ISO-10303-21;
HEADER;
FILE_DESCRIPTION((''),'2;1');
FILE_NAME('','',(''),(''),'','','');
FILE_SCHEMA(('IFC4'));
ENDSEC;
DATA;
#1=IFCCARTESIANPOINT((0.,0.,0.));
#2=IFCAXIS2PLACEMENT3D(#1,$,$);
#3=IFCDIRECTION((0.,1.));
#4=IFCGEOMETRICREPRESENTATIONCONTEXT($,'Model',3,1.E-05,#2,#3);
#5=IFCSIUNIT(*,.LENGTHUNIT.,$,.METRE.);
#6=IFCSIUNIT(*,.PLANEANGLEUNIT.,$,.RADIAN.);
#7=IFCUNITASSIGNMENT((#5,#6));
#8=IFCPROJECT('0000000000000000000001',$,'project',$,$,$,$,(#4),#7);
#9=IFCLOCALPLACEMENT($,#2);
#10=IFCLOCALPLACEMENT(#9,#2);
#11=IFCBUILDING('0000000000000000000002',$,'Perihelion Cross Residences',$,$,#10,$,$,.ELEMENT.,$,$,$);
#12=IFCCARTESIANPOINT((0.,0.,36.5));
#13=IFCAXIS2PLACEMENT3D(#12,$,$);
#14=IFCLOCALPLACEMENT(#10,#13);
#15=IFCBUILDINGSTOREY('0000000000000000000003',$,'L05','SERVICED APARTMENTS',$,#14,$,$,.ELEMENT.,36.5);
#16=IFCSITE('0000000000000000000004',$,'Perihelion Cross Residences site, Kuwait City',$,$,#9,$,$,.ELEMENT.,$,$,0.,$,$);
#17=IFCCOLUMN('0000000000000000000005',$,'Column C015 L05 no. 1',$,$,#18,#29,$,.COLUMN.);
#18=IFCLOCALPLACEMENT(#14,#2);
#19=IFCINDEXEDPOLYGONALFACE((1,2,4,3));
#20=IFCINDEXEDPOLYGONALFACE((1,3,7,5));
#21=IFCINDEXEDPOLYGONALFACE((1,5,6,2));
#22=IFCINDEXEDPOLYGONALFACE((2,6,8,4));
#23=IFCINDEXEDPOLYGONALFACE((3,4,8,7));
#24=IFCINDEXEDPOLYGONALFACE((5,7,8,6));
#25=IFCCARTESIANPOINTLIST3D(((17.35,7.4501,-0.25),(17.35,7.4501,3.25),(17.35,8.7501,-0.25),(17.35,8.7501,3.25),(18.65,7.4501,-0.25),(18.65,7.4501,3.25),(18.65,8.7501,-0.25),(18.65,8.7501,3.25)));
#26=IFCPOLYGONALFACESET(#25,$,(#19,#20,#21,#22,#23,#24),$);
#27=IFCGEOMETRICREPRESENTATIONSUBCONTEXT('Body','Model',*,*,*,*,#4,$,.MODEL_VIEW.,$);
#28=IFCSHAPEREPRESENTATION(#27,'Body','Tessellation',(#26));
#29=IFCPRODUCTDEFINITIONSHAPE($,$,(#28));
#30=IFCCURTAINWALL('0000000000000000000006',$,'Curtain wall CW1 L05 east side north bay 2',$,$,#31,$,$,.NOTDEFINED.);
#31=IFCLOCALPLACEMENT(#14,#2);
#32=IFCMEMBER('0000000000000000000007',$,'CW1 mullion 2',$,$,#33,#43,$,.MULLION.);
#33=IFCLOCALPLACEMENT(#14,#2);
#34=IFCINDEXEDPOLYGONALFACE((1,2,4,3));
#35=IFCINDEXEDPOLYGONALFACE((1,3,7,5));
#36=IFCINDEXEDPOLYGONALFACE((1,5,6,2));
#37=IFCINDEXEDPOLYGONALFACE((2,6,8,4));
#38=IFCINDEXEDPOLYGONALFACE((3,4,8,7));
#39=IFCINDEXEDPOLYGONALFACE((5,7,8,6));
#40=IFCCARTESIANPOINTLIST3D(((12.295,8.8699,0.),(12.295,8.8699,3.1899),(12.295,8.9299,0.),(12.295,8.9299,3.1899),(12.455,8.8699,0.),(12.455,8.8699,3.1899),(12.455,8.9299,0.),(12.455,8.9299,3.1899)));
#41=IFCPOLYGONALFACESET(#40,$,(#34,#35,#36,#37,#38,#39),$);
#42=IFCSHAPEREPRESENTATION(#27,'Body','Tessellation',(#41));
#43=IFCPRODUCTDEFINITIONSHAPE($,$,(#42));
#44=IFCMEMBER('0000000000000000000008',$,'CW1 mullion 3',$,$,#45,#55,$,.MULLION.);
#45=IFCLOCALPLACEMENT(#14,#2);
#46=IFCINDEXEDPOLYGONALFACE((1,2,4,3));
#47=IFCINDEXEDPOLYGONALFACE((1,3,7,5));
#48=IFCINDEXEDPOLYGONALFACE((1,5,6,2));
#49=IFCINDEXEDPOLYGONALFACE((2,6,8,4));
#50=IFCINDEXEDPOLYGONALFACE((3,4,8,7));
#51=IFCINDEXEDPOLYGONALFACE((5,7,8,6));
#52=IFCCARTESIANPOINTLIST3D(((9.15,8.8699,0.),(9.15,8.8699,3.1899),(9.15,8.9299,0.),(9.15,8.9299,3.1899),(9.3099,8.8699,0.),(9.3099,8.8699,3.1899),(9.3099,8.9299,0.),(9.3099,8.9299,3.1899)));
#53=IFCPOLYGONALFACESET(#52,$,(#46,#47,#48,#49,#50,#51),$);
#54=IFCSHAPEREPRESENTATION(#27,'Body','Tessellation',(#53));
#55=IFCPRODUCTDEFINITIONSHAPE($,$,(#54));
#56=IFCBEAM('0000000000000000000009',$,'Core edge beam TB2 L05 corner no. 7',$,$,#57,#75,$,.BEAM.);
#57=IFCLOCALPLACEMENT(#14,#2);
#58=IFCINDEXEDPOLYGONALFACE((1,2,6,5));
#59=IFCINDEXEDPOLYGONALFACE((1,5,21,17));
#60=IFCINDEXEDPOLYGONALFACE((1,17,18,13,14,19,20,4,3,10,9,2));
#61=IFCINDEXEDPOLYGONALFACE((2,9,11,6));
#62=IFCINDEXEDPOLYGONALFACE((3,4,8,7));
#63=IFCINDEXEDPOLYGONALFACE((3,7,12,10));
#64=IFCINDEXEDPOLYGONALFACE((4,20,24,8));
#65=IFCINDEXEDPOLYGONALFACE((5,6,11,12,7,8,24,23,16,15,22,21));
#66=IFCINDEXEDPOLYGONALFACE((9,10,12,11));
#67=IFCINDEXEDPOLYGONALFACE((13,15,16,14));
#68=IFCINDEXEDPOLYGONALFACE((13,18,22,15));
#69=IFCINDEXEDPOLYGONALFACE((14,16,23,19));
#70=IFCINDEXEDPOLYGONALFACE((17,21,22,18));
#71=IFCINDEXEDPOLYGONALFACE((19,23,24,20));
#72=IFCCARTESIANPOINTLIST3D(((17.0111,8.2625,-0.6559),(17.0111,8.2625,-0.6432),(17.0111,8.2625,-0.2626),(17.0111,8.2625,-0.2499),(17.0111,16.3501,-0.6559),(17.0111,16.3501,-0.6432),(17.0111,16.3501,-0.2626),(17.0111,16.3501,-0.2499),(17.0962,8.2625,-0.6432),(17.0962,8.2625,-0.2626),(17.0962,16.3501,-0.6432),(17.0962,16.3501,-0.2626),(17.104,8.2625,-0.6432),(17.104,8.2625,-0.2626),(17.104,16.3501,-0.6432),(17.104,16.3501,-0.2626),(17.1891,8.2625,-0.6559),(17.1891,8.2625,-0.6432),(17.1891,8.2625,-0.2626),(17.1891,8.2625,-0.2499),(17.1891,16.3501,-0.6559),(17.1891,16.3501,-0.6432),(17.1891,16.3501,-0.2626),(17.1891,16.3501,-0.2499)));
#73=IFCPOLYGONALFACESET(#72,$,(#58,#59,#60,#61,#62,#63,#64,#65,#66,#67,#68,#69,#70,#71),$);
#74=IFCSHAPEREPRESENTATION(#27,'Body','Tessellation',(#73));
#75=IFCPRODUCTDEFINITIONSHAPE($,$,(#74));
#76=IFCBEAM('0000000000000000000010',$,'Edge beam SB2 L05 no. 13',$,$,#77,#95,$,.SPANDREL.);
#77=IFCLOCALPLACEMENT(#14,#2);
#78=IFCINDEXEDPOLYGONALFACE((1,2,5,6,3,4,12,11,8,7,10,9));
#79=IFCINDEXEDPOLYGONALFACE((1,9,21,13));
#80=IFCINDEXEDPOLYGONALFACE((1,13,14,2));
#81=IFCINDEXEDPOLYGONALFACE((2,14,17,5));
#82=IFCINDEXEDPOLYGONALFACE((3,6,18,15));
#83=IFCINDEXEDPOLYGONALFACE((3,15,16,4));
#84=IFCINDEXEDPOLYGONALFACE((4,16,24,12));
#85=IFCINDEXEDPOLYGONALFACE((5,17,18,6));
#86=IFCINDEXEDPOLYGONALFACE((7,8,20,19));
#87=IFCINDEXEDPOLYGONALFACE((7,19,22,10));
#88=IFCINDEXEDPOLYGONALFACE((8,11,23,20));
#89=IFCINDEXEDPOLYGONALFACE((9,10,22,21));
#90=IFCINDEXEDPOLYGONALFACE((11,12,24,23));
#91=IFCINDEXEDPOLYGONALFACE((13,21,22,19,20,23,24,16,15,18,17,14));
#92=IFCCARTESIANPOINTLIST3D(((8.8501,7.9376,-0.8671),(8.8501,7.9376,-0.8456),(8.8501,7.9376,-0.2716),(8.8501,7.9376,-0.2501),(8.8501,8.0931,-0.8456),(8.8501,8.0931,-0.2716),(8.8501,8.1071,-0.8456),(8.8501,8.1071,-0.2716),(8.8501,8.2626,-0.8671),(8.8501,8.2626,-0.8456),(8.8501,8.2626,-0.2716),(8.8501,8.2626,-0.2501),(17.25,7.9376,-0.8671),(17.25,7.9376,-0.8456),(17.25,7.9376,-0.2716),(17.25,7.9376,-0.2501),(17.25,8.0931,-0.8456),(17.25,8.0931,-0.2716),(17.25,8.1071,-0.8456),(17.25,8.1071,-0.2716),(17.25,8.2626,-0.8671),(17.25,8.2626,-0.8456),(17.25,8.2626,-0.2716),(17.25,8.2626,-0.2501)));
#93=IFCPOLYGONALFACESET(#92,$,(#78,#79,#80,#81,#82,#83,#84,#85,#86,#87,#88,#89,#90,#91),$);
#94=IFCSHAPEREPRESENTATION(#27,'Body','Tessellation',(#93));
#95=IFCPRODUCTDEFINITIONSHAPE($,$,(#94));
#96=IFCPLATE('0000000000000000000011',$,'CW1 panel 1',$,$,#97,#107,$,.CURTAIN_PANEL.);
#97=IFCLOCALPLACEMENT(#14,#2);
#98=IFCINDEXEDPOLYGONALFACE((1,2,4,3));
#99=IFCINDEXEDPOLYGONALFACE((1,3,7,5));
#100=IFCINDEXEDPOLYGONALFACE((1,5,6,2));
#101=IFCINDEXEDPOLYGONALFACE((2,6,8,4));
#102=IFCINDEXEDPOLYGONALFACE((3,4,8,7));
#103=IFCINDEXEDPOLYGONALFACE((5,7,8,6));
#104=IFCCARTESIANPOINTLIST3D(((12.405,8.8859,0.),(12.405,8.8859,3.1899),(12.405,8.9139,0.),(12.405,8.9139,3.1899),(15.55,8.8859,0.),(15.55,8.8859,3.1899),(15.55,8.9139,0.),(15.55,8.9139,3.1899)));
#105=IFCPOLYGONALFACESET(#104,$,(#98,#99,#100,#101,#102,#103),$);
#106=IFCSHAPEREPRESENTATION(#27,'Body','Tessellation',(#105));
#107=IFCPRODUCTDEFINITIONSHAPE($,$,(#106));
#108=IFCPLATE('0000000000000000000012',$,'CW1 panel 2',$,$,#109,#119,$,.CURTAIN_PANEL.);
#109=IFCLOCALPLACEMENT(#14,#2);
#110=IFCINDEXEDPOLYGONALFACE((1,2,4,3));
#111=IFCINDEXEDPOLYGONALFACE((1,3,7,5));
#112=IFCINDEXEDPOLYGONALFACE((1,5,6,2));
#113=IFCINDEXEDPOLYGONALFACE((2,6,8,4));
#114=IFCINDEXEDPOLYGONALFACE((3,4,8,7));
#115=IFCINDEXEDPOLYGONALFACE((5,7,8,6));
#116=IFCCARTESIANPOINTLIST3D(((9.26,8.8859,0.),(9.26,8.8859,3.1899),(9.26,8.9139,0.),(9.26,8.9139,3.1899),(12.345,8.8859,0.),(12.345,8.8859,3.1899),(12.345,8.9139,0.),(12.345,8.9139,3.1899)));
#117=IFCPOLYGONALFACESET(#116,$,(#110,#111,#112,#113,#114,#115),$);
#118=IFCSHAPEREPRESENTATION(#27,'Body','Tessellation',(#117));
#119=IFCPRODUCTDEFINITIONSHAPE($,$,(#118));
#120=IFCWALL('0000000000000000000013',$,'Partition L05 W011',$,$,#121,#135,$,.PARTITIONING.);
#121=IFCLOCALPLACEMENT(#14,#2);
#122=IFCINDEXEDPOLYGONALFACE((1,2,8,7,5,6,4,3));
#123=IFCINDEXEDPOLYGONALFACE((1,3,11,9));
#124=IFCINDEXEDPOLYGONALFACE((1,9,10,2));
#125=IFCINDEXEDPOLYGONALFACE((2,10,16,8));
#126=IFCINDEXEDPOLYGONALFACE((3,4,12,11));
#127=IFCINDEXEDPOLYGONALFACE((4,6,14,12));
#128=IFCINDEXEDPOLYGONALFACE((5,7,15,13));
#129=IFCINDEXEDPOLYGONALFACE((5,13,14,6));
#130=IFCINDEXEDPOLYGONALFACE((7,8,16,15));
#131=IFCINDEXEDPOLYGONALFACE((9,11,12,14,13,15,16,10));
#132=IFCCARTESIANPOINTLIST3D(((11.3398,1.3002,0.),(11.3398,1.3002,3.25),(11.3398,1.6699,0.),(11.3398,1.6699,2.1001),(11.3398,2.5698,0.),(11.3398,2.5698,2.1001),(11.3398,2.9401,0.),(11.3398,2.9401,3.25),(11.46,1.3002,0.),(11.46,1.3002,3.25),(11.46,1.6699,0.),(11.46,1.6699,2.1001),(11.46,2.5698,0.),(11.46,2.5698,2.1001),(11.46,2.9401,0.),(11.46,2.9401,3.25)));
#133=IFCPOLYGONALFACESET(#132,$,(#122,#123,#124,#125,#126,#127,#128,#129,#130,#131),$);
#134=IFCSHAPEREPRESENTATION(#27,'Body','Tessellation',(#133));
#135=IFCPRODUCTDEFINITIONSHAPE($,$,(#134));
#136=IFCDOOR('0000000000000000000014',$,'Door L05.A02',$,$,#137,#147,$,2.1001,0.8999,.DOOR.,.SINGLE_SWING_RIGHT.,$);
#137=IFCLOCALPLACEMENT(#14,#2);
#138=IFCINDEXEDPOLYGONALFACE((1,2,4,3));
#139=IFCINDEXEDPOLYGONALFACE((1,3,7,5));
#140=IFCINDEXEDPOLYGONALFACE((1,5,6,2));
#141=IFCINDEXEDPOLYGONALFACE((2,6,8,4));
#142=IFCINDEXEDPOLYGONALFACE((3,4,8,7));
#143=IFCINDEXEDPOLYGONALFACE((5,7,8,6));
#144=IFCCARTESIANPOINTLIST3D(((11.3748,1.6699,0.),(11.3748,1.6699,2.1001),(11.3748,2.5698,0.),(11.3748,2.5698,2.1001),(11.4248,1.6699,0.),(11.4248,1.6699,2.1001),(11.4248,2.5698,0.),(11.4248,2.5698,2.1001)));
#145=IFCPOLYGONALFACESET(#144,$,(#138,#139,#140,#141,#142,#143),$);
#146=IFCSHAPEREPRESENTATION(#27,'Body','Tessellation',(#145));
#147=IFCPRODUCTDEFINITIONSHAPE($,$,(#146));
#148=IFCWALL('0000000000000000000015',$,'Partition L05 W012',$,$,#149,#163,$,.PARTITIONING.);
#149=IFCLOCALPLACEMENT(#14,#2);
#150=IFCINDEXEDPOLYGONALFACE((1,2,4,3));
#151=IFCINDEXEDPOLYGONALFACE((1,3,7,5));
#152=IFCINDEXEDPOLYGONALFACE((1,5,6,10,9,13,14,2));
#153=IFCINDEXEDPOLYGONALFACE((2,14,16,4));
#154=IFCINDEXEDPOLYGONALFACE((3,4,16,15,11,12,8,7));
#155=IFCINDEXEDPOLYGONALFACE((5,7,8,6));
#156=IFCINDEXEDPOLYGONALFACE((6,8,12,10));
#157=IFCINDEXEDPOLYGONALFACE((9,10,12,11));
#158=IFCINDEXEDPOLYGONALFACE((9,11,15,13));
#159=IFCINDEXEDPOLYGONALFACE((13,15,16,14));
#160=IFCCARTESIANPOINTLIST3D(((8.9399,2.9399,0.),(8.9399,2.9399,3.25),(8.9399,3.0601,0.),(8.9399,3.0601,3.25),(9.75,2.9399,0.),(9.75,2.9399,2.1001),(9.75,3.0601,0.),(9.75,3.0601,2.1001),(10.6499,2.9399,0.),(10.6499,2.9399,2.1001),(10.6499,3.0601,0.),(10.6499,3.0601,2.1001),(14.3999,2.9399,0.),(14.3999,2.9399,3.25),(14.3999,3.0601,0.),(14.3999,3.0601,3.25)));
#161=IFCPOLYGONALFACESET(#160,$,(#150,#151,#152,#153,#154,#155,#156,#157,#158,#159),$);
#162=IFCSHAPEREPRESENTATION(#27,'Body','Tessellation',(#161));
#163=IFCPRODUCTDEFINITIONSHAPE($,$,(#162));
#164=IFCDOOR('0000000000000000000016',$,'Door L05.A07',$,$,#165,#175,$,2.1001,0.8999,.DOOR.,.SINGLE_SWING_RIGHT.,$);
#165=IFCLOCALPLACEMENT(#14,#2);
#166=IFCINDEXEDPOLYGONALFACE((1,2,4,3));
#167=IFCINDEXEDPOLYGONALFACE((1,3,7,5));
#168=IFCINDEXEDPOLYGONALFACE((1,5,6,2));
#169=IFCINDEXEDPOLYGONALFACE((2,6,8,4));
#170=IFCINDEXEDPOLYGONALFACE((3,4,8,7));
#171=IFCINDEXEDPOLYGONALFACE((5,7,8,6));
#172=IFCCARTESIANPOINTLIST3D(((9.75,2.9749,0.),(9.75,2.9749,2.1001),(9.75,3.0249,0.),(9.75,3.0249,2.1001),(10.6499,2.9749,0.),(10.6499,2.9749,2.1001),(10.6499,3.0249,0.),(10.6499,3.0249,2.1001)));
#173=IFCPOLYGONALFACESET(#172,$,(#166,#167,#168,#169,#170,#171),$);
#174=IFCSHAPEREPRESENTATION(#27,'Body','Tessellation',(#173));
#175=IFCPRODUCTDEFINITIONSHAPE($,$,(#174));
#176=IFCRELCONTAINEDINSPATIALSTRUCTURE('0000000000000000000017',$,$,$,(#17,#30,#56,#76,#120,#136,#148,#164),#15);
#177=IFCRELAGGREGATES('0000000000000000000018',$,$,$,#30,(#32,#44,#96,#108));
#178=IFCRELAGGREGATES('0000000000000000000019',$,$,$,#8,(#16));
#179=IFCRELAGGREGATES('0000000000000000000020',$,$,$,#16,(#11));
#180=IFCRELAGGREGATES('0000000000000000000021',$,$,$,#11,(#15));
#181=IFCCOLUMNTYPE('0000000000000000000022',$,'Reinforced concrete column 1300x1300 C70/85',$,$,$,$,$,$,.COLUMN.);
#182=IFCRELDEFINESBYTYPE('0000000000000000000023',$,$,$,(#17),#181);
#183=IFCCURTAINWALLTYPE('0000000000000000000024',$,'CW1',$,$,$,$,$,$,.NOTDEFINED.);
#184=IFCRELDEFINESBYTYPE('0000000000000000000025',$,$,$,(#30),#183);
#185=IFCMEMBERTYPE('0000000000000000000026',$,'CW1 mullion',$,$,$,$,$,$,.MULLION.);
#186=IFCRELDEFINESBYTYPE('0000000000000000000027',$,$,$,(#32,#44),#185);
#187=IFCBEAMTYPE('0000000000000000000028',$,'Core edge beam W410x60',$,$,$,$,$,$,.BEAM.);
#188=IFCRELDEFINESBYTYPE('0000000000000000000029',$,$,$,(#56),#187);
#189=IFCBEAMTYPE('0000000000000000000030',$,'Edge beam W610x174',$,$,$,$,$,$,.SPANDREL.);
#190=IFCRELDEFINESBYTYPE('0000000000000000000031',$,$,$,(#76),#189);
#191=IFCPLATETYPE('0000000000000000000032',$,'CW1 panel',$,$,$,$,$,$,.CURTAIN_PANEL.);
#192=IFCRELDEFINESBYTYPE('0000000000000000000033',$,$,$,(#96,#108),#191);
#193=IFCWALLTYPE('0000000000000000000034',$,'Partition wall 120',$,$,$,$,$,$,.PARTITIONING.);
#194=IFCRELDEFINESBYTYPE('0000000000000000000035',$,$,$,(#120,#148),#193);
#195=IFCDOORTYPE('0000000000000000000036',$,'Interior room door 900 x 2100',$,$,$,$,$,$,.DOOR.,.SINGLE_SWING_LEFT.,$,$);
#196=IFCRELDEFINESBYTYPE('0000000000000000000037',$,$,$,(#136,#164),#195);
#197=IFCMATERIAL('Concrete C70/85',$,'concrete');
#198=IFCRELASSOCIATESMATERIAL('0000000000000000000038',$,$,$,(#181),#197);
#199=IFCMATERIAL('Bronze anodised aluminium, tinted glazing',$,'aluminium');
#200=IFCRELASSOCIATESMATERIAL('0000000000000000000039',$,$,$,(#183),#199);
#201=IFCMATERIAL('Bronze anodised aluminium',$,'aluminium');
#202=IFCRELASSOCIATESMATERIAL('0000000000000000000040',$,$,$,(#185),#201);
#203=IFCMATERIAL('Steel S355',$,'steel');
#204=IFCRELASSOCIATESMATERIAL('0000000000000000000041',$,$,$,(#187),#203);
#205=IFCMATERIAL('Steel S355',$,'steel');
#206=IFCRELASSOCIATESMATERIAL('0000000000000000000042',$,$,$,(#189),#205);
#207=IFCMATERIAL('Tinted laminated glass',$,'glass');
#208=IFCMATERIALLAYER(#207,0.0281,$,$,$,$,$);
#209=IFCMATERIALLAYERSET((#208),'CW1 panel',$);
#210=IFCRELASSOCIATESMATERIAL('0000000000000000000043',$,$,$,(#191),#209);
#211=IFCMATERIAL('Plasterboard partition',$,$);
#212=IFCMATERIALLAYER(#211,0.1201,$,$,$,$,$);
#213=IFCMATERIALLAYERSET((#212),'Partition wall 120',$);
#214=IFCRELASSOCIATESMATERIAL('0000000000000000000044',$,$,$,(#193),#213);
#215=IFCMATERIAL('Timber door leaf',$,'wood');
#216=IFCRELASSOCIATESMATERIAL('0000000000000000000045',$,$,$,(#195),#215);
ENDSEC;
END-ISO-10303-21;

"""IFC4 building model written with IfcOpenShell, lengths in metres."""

from ifc_helpers import new_model, si_unit, direction, frame, frame_2d, origin, origin_2d, place, context, subcontext, project, spatial, rectangle, i_section, extrude, material, layer, layer_set, material_profile, profile_set, type_object, element, fill, aggregate, save


model = new_model("IFC4")

# Units and contexts
model_context = context("Model", 3, precision=1e-05, world=origin(), true_north=direction((0.0, 1.0)))
body_context = subcontext(model_context, "Body", "Model", "MODEL_VIEW")
ifc_project = project(units=[si_unit("LENGTHUNIT", "METRE"), si_unit("PLANEANGLEUNIT", "RADIAN")], contexts=[model_context])

# Site, building, storey
site_placement = place(None, origin())
site = spatial("IfcSite", under=ifc_project, at=site_placement, Name="Perihelion Cross Residences site, Kuwait City", CompositionType="ELEMENT", RefElevation=0.0)
building_placement = place(site_placement, origin())
building = spatial("IfcBuilding", under=site, at=building_placement, Name="Perihelion Cross Residences", CompositionType="ELEMENT")
storey_placement = place(building_placement, frame((0.0, 0.0, 36.5)))
storey = spatial("IfcBuildingStorey", under=building, at=storey_placement, Name="L05", Description="SERVICED APARTMENTS", CompositionType="ELEMENT", Elevation=36.5)

# Column
ifc_material_1 = material(Name="Concrete C70/85", Category="concrete")
ifc_material_profile_1 = material_profile(ifc_material_1, rectangle(XDim=1.3, YDim=1.3, at=origin_2d()), Name="RC 1300x1300")
ifc_profile_set_1 = profile_set([ifc_material_profile_1], Name="Concrete C70/85")
column_type = type_object("IfcColumnType", Name="Reinforced concrete column 1300x1300 C70/85", PredefinedType="COLUMN", material=ifc_profile_set_1)
column_placement = place(storey_placement, frame((18.0, 8.1001, -0.25), z_axis=(0.0, 0.0, 1.0), x_axis=(1.0, 0.0, 0.0)))
element("IfcColumn", 1, at=column_placement, inside=storey, type_object=column_type, Name="Column C015 L05 no. 1", PredefinedType="COLUMN", context=body_context, shape_type="SweptSolid", body=[
    extrude(rectangle(XDim=1.3, YDim=1.3, at=origin_2d()), origin(), (0.0, 0.0, 1.0), 3.5),
])

# Curtain wall, members
ifc_material_2 = material(Name="Bronze anodised aluminium, tinted glazing", Category="aluminium")
curtain_wall_type = type_object("IfcCurtainWallType", Name="CW1", PredefinedType="NOTDEFINED", material=ifc_material_2)
curtain_wall_placement = place(storey_placement, origin())
curtain_wall = element("IfcCurtainWall", 2, at=curtain_wall_placement, inside=storey, type_object=curtain_wall_type, Name="Curtain wall CW1 L05 east side north bay 2", PredefinedType="NOTDEFINED")
ifc_material_3 = material(Name="Bronze anodised aluminium", Category="aluminium")
ifc_material_profile_2 = material_profile(ifc_material_3, rectangle(XDim=0.0601, YDim=0.1599, at=origin_2d()), Name="CW1 mullion")
ifc_profile_set_2 = profile_set([ifc_material_profile_2], Name="Bronze anodised aluminium")
member_type = type_object("IfcMemberType", Name="CW1 mullion", PredefinedType="MULLION", material=ifc_profile_set_2)
member_1_placement = place(storey_placement, frame((12.375, 8.8999, 0.0), z_axis=(0.0, 0.0, 1.0), x_axis=(0.0, -1.0, 0.0)))
member_1 = element("IfcMember", 3, at=member_1_placement, type_object=member_type, Name="CW1 mullion 2", PredefinedType="MULLION", context=body_context, shape_type="SweptSolid", body=[
    extrude(rectangle(XDim=0.0601, YDim=0.1599, at=origin_2d()), origin(), (0.0, 0.0, 1.0), 3.1899),
])
member_2_placement = place(storey_placement, frame((9.23, 8.8999, 0.0), z_axis=(0.0, 0.0, 1.0), x_axis=(0.0, -1.0, 0.0)))
member_2 = element("IfcMember", 4, at=member_2_placement, type_object=member_type, Name="CW1 mullion 3", PredefinedType="MULLION", context=body_context, shape_type="SweptSolid", body=[
    extrude(rectangle(XDim=0.0601, YDim=0.1599, at=origin_2d()), origin(), (0.0, 0.0, 1.0), 3.1899),
])

# Beams
ifc_material_4 = material(Name="Steel S355", Category="steel")
ifc_material_profile_3 = material_profile(ifc_material_4, i_section(OverallWidth=0.178, OverallDepth=0.406, WebThickness=0.0078, FlangeThickness=0.0127, at=origin_2d()), Name="W410x60")
ifc_profile_set_3 = profile_set([ifc_material_profile_3], Name="Steel S355")
beam_type_1 = type_object("IfcBeamType", Name="Core edge beam W410x60", PredefinedType="BEAM", material=ifc_profile_set_3)
beam_1_placement = place(storey_placement, frame((17.1001, 8.2625, -0.4529), z_axis=(0.0, 1.0, 0.0), x_axis=(-1.0, 0.0, 0.0)))
element("IfcBeam", 5, at=beam_1_placement, inside=storey, type_object=beam_type_1, Name="Core edge beam TB2 L05 corner no. 7", PredefinedType="BEAM", context=body_context, shape_type="SweptSolid", body=[
    extrude(i_section(OverallWidth=0.178, OverallDepth=0.406, WebThickness=0.0078, FlangeThickness=0.0127, at=origin_2d()), origin(), (0.0, 0.0, 1.0), 8.0876),
])
ifc_material_5 = material(Name="Steel S355", Category="steel")
ifc_material_profile_4 = material_profile(ifc_material_5, i_section(OverallWidth=0.325, OverallDepth=0.6169, WebThickness=0.0139, FlangeThickness=0.0215, at=origin_2d()), Name="W610x174")
ifc_profile_set_4 = profile_set([ifc_material_profile_4], Name="Steel S355")
beam_type_2 = type_object("IfcBeamType", Name="Edge beam W610x174", PredefinedType="SPANDREL", material=ifc_profile_set_4)
beam_2_placement = place(storey_placement, frame((17.25, 8.1001, -0.5586), z_axis=(-1.0, 0.0, 0.0), x_axis=(0.0, -1.0, 0.0)))
element("IfcBeam", 6, at=beam_2_placement, inside=storey, type_object=beam_type_2, Name="Edge beam SB2 L05 no. 13", PredefinedType="SPANDREL", context=body_context, shape_type="SweptSolid", body=[
    extrude(i_section(OverallWidth=0.325, OverallDepth=0.6169, WebThickness=0.0139, FlangeThickness=0.0215, at=origin_2d()), origin(), (0.0, 0.0, 1.0), 8.3999),
])

# Plates
ifc_material_6 = material(Name="Tinted laminated glass", Category="glass")
ifc_layer_1 = layer(ifc_material_6, 0.0281)
ifc_layer_set_1 = layer_set([ifc_layer_1], Name="CW1 panel")
plate_type = type_object("IfcPlateType", Name="CW1 panel", PredefinedType="CURTAIN_PANEL", material=ifc_layer_set_1)
plate_1_placement = place(storey_placement, frame((13.9775, 8.8999, 0.0), z_axis=(0.0, 0.0, 1.0), x_axis=(-1.0, 0.0, 0.0)))
plate_1 = element("IfcPlate", 7, at=plate_1_placement, type_object=plate_type, Name="CW1 panel 1", PredefinedType="CURTAIN_PANEL", context=body_context, shape_type="SweptSolid", body=[
    extrude(rectangle(XDim=3.145, YDim=0.0281, at=origin_2d()), origin(), (0.0, 0.0, 1.0), 3.1899),
])
plate_2_placement = place(storey_placement, frame((10.8025, 8.8999, 0.0), z_axis=(0.0, 0.0, 1.0), x_axis=(-1.0, 0.0, 0.0)))
plate_2 = element("IfcPlate", 8, at=plate_2_placement, type_object=plate_type, Name="CW1 panel 2", PredefinedType="CURTAIN_PANEL", context=body_context, shape_type="SweptSolid", body=[
    extrude(rectangle(XDim=3.085, YDim=0.0281, at=origin_2d()), origin(), (0.0, 0.0, 1.0), 3.1899),
])
aggregate(curtain_wall, [member_1, member_2, plate_1, plate_2])

# Walls, openings, doors
ifc_material_7 = material(Name="Plasterboard partition")
ifc_layer_2 = layer(ifc_material_7, 0.1201)
ifc_layer_set_2 = layer_set([ifc_layer_2], Name="Partition wall 120")
wall_type_1 = type_object("IfcWallType", Name="Partition wall 120", PredefinedType="PARTITIONING", material=ifc_layer_set_2)
wall_1_placement = place(storey_placement, frame((11.3999, 2.9399, 0.0), z_axis=(0.0, 0.0, 1.0), x_axis=(0.0, -1.0, 0.0)))
wall_1 = element("IfcWall", 9, at=wall_1_placement, inside=storey, type_object=wall_type_1, Name="Partition L05 W011", PredefinedType="PARTITIONING", context=body_context, shape_type="SweptSolid", body=[
    extrude(rectangle(XDim=1.6399, YDim=0.1201, at=frame_2d((0.8198, 0.0))), origin(), (0.0, 0.0, 1.0), 3.25),
])
opening_1_placement = place(wall_1_placement, frame((0.3701, 0.0, 0.0)))
opening_1 = element("IfcOpeningElement", 10, at=opening_1_placement, cuts=wall_1, PredefinedType="OPENING", context=body_context, shape_type="SweptSolid", body=[
    extrude(rectangle(XDim=0.8999, YDim=2.1001, at=frame_2d((0.45, 1.05))), frame((0.0, 0.0701, 0.0), z_axis=(0.0, -1.0, 0.0), x_axis=(1.0, 0.0, 0.0)), (0.0, 0.0, 1.0), 0.1401),
])
ifc_material_8 = material(Name="Timber door leaf", Category="wood")
door_type_1 = type_object("IfcDoorType", Name="Interior room door 900 x 2100", OperationType="SINGLE_SWING_LEFT", PredefinedType="DOOR", material=ifc_material_8)
door_1_placement = place(opening_1_placement, origin())
door_1 = element("IfcDoor", 11, at=door_1_placement, inside=storey, type_object=door_type_1, Name="Door L05.A02", OperationType="SINGLE_SWING_RIGHT", OverallHeight=2.1001, OverallWidth=0.8999, PredefinedType="DOOR", context=body_context, shape_type="SweptSolid", body=[
    extrude(rectangle(XDim=0.8999, YDim=2.1001, at=frame_2d((0.45, 1.05))), frame((0.0, 0.0249, 0.0), z_axis=(0.0, -1.0, 0.0), x_axis=(1.0, 0.0, 0.0)), (0.0, 0.0, 1.0), 0.05),
])
fill(opening_1, door_1)
wall_2_placement = place(storey_placement, frame((8.9399, 3.0, 0.0), z_axis=(0.0, 0.0, 1.0), x_axis=(1.0, 0.0, 0.0)))
wall_2 = element("IfcWall", 12, at=wall_2_placement, inside=storey, type_object=wall_type_1, Name="Partition L05 W012", PredefinedType="PARTITIONING", context=body_context, shape_type="SweptSolid", body=[
    extrude(rectangle(XDim=5.46, YDim=0.1201, at=frame_2d((2.73, 0.0))), origin(), (0.0, 0.0, 1.0), 3.25),
])
opening_2_placement = place(wall_2_placement, frame((0.8101, 0.0, 0.0)))
opening_2 = element("IfcOpeningElement", 13, at=opening_2_placement, cuts=wall_2, PredefinedType="OPENING", context=body_context, shape_type="SweptSolid", body=[
    extrude(rectangle(XDim=0.8999, YDim=2.1001, at=frame_2d((0.45, 1.05))), frame((0.0, 0.0701, 0.0), z_axis=(0.0, -1.0, 0.0), x_axis=(1.0, 0.0, 0.0)), (0.0, 0.0, 1.0), 0.1401),
])
door_2_placement = place(opening_2_placement, origin())
door_2 = element("IfcDoor", 14, at=door_2_placement, inside=storey, type_object=door_type_1, Name="Door L05.A07", OperationType="SINGLE_SWING_RIGHT", OverallHeight=2.1001, OverallWidth=0.8999, PredefinedType="DOOR", context=body_context, shape_type="SweptSolid", body=[
    extrude(rectangle(XDim=0.8999, YDim=2.1001, at=frame_2d((0.45, 1.05))), frame((0.0, 0.0249, 0.0), z_axis=(0.0, -1.0, 0.0), x_axis=(1.0, 0.0, 0.0)), (0.0, 0.0, 1.0), 0.05),
])
fill(opening_2, door_2)

save(model, "model.ifc")
